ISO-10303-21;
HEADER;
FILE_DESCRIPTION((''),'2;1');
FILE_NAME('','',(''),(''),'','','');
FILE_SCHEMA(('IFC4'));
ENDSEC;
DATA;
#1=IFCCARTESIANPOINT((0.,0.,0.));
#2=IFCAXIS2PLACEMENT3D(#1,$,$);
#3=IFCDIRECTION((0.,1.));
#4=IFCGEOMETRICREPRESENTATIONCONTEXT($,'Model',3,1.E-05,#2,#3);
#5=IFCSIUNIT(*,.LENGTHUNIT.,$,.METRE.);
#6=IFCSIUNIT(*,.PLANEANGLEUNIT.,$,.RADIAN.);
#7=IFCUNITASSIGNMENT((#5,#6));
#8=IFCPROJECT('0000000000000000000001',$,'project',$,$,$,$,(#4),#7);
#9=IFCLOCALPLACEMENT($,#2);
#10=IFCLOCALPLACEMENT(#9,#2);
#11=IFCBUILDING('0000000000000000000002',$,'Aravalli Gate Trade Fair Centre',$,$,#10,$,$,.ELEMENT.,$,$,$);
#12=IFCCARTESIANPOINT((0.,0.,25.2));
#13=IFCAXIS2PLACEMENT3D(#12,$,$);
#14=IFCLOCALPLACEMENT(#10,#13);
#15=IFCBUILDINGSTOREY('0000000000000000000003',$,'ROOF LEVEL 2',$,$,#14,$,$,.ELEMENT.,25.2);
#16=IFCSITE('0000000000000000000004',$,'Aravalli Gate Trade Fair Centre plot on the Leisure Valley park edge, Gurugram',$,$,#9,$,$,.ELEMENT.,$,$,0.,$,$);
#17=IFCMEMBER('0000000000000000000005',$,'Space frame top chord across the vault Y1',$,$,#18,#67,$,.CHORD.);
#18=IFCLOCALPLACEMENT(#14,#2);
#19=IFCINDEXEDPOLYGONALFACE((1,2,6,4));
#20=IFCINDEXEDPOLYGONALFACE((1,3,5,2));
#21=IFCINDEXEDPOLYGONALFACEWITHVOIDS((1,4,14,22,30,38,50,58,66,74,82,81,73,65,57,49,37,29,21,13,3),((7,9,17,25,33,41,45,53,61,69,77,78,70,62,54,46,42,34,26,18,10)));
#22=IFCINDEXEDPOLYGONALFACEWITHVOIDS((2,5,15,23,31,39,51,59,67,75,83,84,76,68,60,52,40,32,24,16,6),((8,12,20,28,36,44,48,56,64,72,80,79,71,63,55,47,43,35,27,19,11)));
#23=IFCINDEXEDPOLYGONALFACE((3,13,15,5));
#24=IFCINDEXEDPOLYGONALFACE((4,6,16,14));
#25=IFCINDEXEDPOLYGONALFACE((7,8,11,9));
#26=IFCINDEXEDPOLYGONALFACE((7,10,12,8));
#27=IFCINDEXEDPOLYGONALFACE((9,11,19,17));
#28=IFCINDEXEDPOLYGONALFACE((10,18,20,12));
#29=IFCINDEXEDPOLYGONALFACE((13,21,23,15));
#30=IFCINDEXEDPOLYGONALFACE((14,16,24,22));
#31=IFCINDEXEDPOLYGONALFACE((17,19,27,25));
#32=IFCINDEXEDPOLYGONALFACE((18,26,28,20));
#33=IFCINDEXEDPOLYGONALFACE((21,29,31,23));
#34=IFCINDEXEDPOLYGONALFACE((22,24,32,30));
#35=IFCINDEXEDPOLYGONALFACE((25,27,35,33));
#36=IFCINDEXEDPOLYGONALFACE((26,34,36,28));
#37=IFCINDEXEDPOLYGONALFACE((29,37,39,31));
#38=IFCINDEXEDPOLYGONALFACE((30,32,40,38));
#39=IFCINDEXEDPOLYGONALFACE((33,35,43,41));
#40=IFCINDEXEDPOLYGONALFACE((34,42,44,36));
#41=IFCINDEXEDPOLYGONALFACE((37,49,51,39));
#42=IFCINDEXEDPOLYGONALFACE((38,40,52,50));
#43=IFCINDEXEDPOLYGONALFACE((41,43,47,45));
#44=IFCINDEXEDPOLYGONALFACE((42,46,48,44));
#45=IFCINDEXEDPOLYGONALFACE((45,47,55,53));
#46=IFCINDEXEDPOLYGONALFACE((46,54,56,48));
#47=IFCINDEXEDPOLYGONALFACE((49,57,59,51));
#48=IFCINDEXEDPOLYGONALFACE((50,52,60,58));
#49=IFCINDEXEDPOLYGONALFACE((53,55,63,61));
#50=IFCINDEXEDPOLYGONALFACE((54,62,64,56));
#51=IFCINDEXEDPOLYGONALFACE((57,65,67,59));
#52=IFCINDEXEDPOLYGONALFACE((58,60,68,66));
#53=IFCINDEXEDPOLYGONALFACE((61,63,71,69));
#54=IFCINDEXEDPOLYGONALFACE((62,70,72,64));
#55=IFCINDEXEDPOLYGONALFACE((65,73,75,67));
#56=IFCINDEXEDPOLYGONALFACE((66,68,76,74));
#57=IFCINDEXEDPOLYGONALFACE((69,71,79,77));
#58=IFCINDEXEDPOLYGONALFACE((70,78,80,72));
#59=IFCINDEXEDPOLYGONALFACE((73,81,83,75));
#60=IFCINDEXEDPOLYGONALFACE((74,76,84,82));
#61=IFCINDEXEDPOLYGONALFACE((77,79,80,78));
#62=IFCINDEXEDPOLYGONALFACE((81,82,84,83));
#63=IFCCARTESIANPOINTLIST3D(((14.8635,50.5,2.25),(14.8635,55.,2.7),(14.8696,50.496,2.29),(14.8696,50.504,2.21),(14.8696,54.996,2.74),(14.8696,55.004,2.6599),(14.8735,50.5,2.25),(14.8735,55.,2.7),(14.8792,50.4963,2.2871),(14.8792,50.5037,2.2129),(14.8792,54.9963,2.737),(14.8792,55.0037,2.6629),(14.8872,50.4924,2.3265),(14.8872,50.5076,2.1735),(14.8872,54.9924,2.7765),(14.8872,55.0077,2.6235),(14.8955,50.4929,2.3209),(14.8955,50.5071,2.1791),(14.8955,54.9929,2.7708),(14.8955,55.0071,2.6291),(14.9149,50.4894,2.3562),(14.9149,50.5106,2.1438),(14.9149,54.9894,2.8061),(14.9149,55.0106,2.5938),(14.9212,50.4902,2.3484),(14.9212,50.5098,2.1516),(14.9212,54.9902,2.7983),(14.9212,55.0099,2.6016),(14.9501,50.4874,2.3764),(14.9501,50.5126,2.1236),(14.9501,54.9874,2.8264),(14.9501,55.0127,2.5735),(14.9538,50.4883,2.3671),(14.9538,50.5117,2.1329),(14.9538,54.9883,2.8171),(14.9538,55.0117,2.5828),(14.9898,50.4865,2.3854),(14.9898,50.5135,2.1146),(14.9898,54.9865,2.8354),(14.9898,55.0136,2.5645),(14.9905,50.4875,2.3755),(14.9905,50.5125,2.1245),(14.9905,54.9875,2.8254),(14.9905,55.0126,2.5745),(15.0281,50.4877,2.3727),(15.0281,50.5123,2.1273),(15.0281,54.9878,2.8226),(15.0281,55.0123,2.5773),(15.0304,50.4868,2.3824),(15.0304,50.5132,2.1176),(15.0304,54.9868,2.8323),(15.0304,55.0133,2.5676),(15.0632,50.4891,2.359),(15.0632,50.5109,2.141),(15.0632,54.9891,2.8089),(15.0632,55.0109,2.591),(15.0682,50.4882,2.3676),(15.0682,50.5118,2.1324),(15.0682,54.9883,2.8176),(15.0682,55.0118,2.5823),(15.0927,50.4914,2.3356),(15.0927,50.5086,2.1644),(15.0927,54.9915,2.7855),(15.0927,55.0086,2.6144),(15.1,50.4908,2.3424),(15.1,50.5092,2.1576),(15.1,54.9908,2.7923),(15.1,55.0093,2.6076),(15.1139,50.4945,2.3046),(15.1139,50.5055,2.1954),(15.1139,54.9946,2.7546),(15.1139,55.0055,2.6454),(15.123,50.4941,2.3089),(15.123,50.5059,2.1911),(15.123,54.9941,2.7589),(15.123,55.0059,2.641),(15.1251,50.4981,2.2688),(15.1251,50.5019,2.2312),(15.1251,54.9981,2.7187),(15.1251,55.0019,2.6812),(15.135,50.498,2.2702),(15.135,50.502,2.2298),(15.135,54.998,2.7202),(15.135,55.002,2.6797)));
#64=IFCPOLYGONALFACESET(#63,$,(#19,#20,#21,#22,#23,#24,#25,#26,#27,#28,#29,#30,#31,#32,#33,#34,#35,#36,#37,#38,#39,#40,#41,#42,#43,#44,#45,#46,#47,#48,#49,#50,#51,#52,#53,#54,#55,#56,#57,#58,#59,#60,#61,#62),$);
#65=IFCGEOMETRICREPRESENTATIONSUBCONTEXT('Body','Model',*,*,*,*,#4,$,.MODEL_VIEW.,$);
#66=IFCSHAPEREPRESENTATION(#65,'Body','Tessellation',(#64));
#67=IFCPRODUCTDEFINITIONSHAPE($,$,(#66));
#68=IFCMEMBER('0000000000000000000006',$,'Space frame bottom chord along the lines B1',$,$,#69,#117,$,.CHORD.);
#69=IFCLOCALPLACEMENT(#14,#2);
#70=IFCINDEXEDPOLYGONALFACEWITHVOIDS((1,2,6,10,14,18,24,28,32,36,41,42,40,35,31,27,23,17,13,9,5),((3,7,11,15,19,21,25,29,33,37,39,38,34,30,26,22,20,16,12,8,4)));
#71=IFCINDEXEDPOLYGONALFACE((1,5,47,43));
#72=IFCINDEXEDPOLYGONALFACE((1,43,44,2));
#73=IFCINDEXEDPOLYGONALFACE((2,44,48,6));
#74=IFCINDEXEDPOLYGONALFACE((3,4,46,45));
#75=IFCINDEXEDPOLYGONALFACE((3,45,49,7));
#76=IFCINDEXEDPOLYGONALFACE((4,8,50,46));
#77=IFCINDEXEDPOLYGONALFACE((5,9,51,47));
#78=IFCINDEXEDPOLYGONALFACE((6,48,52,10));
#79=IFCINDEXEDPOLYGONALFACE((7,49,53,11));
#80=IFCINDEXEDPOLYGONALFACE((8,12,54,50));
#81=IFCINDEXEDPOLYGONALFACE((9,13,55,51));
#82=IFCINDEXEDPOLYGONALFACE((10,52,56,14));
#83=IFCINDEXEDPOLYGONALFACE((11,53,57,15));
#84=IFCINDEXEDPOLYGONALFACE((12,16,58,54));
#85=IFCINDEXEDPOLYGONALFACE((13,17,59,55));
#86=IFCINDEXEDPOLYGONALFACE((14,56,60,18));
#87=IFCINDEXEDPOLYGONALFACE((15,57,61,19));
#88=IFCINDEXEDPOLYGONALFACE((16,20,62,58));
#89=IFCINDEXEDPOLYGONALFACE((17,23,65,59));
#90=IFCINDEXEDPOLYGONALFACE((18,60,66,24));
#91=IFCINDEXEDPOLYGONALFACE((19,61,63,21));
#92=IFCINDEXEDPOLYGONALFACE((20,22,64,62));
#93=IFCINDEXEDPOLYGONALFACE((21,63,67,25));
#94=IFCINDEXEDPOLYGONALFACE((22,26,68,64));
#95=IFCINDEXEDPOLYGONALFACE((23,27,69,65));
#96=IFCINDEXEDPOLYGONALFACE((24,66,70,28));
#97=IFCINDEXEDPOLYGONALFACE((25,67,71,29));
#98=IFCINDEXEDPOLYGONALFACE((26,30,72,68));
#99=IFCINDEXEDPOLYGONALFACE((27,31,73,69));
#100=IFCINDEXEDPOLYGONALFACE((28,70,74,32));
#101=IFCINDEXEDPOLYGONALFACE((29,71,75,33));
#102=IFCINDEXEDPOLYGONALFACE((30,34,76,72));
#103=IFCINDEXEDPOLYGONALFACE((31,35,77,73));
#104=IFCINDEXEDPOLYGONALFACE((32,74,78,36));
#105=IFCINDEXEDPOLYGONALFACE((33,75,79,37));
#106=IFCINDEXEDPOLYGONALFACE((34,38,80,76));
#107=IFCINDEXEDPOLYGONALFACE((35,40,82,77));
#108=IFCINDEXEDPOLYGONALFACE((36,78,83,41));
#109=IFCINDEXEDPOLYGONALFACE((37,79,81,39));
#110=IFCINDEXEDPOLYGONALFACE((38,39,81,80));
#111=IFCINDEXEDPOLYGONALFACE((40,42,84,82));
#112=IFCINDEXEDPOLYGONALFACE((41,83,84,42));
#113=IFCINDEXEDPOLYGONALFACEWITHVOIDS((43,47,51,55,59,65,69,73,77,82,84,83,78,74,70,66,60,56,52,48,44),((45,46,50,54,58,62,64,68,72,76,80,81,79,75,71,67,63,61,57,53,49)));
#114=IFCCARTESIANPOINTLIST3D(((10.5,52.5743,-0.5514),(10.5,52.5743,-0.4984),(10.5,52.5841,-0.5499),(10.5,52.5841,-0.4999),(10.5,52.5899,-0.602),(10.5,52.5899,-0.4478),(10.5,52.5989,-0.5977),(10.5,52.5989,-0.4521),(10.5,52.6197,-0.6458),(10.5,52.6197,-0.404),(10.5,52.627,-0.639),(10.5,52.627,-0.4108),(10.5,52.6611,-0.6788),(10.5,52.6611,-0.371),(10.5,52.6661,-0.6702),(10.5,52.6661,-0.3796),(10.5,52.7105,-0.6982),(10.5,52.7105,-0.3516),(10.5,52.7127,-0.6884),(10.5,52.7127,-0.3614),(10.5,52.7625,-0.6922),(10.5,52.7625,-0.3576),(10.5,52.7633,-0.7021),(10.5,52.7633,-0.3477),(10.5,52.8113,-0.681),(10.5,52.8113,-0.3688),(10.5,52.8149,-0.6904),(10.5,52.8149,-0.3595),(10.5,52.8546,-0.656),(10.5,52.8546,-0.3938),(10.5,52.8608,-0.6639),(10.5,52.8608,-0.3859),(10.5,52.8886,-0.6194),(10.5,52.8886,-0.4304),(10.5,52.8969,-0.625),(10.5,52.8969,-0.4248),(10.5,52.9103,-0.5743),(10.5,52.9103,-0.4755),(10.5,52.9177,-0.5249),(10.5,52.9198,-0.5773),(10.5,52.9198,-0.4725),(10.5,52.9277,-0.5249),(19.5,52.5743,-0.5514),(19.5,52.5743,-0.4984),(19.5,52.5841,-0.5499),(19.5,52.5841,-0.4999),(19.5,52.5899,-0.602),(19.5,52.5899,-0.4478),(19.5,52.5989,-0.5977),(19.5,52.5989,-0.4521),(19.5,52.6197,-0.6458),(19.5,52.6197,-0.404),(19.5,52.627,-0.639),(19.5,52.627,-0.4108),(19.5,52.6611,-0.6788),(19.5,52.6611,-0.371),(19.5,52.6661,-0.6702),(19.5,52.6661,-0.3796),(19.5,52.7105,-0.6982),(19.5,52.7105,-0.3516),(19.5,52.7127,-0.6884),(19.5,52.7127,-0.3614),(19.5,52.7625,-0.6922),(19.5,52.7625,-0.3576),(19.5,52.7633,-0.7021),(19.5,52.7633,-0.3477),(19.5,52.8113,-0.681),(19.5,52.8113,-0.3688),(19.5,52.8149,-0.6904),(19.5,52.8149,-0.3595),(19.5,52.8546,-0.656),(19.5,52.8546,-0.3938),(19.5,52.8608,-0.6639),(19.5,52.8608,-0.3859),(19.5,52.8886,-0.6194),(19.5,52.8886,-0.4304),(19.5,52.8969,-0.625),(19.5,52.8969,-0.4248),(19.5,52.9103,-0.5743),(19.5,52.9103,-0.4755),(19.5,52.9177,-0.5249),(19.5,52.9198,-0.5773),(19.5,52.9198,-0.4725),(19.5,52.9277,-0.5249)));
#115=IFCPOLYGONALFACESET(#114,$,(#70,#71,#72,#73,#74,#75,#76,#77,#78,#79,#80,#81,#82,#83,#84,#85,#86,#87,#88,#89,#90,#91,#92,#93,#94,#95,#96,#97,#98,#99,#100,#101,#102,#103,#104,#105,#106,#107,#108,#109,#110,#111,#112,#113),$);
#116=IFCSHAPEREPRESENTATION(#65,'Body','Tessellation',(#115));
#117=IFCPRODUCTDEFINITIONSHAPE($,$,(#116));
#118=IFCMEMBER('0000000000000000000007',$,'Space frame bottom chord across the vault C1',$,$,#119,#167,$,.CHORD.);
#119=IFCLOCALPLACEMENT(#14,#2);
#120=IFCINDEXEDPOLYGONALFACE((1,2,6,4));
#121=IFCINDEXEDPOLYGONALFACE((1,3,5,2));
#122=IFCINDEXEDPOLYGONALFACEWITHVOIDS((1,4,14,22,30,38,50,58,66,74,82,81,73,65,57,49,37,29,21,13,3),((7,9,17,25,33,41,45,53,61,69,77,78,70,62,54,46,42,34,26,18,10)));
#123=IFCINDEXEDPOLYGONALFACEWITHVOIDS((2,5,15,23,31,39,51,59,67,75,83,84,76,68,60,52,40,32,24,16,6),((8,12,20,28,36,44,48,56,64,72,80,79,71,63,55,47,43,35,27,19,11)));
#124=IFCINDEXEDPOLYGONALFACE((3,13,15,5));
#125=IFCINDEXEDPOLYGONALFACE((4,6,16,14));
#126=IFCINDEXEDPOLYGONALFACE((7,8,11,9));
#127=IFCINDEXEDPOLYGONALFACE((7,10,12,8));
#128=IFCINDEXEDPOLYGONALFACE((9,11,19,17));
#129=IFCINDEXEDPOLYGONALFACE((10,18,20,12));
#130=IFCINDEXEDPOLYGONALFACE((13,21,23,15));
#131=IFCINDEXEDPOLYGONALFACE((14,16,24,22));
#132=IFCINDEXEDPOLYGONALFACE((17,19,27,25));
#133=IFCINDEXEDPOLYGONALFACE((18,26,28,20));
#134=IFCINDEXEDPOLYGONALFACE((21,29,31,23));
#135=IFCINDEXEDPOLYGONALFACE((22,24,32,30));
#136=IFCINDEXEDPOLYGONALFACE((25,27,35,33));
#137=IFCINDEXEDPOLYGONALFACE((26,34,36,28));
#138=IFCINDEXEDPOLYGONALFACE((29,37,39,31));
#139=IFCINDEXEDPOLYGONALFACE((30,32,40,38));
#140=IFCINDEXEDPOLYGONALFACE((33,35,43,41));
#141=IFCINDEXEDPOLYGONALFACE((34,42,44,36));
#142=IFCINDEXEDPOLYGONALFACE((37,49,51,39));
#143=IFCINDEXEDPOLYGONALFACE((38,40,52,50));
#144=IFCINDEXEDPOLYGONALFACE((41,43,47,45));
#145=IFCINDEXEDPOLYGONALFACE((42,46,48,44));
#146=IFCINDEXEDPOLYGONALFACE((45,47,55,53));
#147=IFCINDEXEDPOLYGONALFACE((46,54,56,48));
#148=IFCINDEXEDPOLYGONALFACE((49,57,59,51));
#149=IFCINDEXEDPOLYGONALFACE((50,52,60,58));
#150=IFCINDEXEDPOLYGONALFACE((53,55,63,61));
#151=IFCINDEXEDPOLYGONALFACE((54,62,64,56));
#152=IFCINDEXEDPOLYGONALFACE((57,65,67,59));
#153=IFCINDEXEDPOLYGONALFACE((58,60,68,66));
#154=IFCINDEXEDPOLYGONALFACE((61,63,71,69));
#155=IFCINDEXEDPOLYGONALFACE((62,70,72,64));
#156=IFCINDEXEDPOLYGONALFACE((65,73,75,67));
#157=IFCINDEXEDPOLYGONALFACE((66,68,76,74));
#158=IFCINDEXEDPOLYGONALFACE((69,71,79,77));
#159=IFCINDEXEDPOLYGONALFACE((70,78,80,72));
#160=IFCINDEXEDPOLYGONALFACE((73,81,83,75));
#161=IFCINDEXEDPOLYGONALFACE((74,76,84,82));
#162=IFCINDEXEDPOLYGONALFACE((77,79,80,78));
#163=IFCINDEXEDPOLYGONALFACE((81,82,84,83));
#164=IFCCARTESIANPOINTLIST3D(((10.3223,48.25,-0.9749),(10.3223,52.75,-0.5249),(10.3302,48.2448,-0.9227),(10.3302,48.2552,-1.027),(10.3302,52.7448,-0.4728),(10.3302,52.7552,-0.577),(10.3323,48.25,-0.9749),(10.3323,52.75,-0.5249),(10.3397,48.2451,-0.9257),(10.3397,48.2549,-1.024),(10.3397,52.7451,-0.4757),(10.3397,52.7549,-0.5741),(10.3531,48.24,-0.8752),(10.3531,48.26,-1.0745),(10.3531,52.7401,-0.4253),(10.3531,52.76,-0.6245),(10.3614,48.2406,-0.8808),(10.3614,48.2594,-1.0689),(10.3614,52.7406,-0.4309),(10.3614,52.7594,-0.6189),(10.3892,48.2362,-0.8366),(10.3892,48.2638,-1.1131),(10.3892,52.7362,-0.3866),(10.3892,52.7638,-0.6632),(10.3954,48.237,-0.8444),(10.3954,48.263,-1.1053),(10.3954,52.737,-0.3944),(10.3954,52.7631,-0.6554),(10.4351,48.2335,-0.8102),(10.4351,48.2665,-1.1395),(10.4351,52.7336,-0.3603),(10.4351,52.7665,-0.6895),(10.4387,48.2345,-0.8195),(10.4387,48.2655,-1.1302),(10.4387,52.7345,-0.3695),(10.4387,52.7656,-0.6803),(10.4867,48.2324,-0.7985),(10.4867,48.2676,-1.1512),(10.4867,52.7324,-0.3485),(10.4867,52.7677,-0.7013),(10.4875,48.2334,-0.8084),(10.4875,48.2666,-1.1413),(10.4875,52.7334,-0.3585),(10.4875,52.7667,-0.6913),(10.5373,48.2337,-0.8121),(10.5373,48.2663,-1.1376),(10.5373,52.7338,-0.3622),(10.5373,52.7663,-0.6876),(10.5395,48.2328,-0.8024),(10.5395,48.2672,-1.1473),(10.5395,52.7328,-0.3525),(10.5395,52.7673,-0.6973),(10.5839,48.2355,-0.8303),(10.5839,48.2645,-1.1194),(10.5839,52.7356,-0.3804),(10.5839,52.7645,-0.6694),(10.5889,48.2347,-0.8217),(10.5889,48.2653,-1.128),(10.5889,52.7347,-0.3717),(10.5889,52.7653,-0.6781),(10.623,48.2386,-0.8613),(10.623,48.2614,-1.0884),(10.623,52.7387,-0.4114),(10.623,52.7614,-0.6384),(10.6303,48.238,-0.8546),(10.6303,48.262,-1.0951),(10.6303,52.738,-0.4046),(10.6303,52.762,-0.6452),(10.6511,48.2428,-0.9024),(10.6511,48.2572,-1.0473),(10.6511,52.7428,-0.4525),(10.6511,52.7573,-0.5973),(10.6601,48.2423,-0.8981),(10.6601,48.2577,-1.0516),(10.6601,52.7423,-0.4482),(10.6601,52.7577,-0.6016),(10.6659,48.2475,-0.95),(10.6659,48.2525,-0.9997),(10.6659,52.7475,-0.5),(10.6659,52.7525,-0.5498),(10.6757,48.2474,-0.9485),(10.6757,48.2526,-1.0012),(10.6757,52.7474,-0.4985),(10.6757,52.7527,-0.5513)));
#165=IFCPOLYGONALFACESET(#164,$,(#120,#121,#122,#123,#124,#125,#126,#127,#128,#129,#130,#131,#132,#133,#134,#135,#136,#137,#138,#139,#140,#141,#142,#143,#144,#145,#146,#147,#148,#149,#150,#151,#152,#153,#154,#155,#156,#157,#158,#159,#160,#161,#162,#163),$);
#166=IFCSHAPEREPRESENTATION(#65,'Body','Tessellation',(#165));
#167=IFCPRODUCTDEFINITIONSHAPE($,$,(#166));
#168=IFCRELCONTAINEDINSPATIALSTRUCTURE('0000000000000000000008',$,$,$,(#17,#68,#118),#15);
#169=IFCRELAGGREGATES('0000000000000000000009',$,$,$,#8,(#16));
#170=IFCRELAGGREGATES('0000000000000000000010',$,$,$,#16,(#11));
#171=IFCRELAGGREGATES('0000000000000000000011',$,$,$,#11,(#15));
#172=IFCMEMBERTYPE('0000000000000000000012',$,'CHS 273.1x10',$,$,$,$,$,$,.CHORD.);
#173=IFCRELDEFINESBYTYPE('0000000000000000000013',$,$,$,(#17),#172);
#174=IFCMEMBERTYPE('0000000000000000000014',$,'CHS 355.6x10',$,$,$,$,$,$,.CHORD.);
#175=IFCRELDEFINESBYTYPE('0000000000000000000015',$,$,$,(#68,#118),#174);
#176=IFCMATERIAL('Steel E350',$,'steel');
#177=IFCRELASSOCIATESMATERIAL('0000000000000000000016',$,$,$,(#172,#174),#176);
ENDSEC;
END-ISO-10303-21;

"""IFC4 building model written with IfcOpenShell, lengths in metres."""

from ifc_helpers import new_model, si_unit, direction, frame, origin, origin_2d, place, context, subcontext, project, spatial, hollow_circle, extrude, material, material_profile, profile_set, type_object, element, save


model = new_model("IFC4")

# Units and contexts
model_context = context("Model", 3, precision=1e-05, world=origin(), true_north=direction((0.0, 1.0)))
body_context = subcontext(model_context, "Body", "Model", "MODEL_VIEW")
ifc_project = project(units=[si_unit("LENGTHUNIT", "METRE"), si_unit("PLANEANGLEUNIT", "RADIAN")], contexts=[model_context])

# Site, building, storey
site_placement = place(None, origin())
site = spatial("IfcSite", under=ifc_project, at=site_placement, Name="Aravalli Gate Trade Fair Centre plot on the Leisure Valley park edge, Gurugram", CompositionType="ELEMENT", RefElevation=0.0)
building_placement = place(site_placement, origin())
building = spatial("IfcBuilding", under=site, at=building_placement, Name="Aravalli Gate Trade Fair Centre", CompositionType="ELEMENT")
storey_placement = place(building_placement, frame((0.0, 0.0, 25.2)))
storey = spatial("IfcBuildingStorey", under=building, at=storey_placement, Name="ROOF LEVEL 2", CompositionType="ELEMENT", Elevation=25.2)

# Members
ifc_material = material(Name="Steel E350", Category="steel")
ifc_material_profile_1 = material_profile(ifc_material, hollow_circle(Radius=0.1365, WallThickness=0.01, at=origin_2d()), Name="CHS 273.1x10")
ifc_profile_set_1 = profile_set([ifc_material_profile_1], Name="Steel E350")
member_type_1 = type_object("IfcMemberType", Name="CHS 273.1x10", PredefinedType="CHORD", material=ifc_profile_set_1)
member_1_placement = place(storey_placement, frame((15.0, 50.5, 2.25), z_axis=(0.0, 0.995038, 0.099493), x_axis=(-1.0, 0.0, 0.0)))
element("IfcMember", 1, at=member_1_placement, inside=storey, type_object=member_type_1, Name="Space frame top chord across the vault Y1", PredefinedType="CHORD", context=body_context, shape_type="SweptSolid", body=[
    extrude(hollow_circle(Radius=0.1365, WallThickness=0.01, at=origin_2d()), origin(), (0.0, 0.0, 1.0), 4.5225),
])
ifc_material_profile_2 = material_profile(ifc_material, hollow_circle(Radius=0.1777, WallThickness=0.01, at=origin_2d()), Name="CHS 355.6x10")
ifc_profile_set_2 = profile_set([ifc_material_profile_2], Name="Steel E350")
member_type_2 = type_object("IfcMemberType", Name="CHS 355.6x10", PredefinedType="CHORD", material=ifc_profile_set_2)
member_2_placement = place(storey_placement, frame((10.5, 52.75, -0.5249), z_axis=(1.0, 0.0, 0.0), x_axis=(0.0, 1.0, 0.0)))
element("IfcMember", 2, at=member_2_placement, inside=storey, type_object=member_type_2, Name="Space frame bottom chord along the lines B1", PredefinedType="CHORD", context=body_context, shape_type="SweptSolid", body=[
    extrude(hollow_circle(Radius=0.1777, WallThickness=0.01, at=origin_2d()), origin(), (0.0, 0.0, 1.0), 9.0),
])
for number, where, z_axis, x_axis, name in (
    (3, (10.5, 48.25, -0.9749), (0.0, 0.995038, 0.099493), (-1.0, 0.0, 0.0), "Space frame bottom chord across the vault C1"),
):
    element("IfcMember", number, at=place(storey_placement, frame(where, z_axis=z_axis, x_axis=x_axis)), inside=storey, type_object=member_type_2, Name=name, PredefinedType="CHORD", context=body_context, shape_type="SweptSolid", body=[
        extrude(hollow_circle(Radius=0.1777, WallThickness=0.01, at=origin_2d()), origin(), (0.0, 0.0, 1.0), 4.5225),
    ])

save(model, "model.ifc")
